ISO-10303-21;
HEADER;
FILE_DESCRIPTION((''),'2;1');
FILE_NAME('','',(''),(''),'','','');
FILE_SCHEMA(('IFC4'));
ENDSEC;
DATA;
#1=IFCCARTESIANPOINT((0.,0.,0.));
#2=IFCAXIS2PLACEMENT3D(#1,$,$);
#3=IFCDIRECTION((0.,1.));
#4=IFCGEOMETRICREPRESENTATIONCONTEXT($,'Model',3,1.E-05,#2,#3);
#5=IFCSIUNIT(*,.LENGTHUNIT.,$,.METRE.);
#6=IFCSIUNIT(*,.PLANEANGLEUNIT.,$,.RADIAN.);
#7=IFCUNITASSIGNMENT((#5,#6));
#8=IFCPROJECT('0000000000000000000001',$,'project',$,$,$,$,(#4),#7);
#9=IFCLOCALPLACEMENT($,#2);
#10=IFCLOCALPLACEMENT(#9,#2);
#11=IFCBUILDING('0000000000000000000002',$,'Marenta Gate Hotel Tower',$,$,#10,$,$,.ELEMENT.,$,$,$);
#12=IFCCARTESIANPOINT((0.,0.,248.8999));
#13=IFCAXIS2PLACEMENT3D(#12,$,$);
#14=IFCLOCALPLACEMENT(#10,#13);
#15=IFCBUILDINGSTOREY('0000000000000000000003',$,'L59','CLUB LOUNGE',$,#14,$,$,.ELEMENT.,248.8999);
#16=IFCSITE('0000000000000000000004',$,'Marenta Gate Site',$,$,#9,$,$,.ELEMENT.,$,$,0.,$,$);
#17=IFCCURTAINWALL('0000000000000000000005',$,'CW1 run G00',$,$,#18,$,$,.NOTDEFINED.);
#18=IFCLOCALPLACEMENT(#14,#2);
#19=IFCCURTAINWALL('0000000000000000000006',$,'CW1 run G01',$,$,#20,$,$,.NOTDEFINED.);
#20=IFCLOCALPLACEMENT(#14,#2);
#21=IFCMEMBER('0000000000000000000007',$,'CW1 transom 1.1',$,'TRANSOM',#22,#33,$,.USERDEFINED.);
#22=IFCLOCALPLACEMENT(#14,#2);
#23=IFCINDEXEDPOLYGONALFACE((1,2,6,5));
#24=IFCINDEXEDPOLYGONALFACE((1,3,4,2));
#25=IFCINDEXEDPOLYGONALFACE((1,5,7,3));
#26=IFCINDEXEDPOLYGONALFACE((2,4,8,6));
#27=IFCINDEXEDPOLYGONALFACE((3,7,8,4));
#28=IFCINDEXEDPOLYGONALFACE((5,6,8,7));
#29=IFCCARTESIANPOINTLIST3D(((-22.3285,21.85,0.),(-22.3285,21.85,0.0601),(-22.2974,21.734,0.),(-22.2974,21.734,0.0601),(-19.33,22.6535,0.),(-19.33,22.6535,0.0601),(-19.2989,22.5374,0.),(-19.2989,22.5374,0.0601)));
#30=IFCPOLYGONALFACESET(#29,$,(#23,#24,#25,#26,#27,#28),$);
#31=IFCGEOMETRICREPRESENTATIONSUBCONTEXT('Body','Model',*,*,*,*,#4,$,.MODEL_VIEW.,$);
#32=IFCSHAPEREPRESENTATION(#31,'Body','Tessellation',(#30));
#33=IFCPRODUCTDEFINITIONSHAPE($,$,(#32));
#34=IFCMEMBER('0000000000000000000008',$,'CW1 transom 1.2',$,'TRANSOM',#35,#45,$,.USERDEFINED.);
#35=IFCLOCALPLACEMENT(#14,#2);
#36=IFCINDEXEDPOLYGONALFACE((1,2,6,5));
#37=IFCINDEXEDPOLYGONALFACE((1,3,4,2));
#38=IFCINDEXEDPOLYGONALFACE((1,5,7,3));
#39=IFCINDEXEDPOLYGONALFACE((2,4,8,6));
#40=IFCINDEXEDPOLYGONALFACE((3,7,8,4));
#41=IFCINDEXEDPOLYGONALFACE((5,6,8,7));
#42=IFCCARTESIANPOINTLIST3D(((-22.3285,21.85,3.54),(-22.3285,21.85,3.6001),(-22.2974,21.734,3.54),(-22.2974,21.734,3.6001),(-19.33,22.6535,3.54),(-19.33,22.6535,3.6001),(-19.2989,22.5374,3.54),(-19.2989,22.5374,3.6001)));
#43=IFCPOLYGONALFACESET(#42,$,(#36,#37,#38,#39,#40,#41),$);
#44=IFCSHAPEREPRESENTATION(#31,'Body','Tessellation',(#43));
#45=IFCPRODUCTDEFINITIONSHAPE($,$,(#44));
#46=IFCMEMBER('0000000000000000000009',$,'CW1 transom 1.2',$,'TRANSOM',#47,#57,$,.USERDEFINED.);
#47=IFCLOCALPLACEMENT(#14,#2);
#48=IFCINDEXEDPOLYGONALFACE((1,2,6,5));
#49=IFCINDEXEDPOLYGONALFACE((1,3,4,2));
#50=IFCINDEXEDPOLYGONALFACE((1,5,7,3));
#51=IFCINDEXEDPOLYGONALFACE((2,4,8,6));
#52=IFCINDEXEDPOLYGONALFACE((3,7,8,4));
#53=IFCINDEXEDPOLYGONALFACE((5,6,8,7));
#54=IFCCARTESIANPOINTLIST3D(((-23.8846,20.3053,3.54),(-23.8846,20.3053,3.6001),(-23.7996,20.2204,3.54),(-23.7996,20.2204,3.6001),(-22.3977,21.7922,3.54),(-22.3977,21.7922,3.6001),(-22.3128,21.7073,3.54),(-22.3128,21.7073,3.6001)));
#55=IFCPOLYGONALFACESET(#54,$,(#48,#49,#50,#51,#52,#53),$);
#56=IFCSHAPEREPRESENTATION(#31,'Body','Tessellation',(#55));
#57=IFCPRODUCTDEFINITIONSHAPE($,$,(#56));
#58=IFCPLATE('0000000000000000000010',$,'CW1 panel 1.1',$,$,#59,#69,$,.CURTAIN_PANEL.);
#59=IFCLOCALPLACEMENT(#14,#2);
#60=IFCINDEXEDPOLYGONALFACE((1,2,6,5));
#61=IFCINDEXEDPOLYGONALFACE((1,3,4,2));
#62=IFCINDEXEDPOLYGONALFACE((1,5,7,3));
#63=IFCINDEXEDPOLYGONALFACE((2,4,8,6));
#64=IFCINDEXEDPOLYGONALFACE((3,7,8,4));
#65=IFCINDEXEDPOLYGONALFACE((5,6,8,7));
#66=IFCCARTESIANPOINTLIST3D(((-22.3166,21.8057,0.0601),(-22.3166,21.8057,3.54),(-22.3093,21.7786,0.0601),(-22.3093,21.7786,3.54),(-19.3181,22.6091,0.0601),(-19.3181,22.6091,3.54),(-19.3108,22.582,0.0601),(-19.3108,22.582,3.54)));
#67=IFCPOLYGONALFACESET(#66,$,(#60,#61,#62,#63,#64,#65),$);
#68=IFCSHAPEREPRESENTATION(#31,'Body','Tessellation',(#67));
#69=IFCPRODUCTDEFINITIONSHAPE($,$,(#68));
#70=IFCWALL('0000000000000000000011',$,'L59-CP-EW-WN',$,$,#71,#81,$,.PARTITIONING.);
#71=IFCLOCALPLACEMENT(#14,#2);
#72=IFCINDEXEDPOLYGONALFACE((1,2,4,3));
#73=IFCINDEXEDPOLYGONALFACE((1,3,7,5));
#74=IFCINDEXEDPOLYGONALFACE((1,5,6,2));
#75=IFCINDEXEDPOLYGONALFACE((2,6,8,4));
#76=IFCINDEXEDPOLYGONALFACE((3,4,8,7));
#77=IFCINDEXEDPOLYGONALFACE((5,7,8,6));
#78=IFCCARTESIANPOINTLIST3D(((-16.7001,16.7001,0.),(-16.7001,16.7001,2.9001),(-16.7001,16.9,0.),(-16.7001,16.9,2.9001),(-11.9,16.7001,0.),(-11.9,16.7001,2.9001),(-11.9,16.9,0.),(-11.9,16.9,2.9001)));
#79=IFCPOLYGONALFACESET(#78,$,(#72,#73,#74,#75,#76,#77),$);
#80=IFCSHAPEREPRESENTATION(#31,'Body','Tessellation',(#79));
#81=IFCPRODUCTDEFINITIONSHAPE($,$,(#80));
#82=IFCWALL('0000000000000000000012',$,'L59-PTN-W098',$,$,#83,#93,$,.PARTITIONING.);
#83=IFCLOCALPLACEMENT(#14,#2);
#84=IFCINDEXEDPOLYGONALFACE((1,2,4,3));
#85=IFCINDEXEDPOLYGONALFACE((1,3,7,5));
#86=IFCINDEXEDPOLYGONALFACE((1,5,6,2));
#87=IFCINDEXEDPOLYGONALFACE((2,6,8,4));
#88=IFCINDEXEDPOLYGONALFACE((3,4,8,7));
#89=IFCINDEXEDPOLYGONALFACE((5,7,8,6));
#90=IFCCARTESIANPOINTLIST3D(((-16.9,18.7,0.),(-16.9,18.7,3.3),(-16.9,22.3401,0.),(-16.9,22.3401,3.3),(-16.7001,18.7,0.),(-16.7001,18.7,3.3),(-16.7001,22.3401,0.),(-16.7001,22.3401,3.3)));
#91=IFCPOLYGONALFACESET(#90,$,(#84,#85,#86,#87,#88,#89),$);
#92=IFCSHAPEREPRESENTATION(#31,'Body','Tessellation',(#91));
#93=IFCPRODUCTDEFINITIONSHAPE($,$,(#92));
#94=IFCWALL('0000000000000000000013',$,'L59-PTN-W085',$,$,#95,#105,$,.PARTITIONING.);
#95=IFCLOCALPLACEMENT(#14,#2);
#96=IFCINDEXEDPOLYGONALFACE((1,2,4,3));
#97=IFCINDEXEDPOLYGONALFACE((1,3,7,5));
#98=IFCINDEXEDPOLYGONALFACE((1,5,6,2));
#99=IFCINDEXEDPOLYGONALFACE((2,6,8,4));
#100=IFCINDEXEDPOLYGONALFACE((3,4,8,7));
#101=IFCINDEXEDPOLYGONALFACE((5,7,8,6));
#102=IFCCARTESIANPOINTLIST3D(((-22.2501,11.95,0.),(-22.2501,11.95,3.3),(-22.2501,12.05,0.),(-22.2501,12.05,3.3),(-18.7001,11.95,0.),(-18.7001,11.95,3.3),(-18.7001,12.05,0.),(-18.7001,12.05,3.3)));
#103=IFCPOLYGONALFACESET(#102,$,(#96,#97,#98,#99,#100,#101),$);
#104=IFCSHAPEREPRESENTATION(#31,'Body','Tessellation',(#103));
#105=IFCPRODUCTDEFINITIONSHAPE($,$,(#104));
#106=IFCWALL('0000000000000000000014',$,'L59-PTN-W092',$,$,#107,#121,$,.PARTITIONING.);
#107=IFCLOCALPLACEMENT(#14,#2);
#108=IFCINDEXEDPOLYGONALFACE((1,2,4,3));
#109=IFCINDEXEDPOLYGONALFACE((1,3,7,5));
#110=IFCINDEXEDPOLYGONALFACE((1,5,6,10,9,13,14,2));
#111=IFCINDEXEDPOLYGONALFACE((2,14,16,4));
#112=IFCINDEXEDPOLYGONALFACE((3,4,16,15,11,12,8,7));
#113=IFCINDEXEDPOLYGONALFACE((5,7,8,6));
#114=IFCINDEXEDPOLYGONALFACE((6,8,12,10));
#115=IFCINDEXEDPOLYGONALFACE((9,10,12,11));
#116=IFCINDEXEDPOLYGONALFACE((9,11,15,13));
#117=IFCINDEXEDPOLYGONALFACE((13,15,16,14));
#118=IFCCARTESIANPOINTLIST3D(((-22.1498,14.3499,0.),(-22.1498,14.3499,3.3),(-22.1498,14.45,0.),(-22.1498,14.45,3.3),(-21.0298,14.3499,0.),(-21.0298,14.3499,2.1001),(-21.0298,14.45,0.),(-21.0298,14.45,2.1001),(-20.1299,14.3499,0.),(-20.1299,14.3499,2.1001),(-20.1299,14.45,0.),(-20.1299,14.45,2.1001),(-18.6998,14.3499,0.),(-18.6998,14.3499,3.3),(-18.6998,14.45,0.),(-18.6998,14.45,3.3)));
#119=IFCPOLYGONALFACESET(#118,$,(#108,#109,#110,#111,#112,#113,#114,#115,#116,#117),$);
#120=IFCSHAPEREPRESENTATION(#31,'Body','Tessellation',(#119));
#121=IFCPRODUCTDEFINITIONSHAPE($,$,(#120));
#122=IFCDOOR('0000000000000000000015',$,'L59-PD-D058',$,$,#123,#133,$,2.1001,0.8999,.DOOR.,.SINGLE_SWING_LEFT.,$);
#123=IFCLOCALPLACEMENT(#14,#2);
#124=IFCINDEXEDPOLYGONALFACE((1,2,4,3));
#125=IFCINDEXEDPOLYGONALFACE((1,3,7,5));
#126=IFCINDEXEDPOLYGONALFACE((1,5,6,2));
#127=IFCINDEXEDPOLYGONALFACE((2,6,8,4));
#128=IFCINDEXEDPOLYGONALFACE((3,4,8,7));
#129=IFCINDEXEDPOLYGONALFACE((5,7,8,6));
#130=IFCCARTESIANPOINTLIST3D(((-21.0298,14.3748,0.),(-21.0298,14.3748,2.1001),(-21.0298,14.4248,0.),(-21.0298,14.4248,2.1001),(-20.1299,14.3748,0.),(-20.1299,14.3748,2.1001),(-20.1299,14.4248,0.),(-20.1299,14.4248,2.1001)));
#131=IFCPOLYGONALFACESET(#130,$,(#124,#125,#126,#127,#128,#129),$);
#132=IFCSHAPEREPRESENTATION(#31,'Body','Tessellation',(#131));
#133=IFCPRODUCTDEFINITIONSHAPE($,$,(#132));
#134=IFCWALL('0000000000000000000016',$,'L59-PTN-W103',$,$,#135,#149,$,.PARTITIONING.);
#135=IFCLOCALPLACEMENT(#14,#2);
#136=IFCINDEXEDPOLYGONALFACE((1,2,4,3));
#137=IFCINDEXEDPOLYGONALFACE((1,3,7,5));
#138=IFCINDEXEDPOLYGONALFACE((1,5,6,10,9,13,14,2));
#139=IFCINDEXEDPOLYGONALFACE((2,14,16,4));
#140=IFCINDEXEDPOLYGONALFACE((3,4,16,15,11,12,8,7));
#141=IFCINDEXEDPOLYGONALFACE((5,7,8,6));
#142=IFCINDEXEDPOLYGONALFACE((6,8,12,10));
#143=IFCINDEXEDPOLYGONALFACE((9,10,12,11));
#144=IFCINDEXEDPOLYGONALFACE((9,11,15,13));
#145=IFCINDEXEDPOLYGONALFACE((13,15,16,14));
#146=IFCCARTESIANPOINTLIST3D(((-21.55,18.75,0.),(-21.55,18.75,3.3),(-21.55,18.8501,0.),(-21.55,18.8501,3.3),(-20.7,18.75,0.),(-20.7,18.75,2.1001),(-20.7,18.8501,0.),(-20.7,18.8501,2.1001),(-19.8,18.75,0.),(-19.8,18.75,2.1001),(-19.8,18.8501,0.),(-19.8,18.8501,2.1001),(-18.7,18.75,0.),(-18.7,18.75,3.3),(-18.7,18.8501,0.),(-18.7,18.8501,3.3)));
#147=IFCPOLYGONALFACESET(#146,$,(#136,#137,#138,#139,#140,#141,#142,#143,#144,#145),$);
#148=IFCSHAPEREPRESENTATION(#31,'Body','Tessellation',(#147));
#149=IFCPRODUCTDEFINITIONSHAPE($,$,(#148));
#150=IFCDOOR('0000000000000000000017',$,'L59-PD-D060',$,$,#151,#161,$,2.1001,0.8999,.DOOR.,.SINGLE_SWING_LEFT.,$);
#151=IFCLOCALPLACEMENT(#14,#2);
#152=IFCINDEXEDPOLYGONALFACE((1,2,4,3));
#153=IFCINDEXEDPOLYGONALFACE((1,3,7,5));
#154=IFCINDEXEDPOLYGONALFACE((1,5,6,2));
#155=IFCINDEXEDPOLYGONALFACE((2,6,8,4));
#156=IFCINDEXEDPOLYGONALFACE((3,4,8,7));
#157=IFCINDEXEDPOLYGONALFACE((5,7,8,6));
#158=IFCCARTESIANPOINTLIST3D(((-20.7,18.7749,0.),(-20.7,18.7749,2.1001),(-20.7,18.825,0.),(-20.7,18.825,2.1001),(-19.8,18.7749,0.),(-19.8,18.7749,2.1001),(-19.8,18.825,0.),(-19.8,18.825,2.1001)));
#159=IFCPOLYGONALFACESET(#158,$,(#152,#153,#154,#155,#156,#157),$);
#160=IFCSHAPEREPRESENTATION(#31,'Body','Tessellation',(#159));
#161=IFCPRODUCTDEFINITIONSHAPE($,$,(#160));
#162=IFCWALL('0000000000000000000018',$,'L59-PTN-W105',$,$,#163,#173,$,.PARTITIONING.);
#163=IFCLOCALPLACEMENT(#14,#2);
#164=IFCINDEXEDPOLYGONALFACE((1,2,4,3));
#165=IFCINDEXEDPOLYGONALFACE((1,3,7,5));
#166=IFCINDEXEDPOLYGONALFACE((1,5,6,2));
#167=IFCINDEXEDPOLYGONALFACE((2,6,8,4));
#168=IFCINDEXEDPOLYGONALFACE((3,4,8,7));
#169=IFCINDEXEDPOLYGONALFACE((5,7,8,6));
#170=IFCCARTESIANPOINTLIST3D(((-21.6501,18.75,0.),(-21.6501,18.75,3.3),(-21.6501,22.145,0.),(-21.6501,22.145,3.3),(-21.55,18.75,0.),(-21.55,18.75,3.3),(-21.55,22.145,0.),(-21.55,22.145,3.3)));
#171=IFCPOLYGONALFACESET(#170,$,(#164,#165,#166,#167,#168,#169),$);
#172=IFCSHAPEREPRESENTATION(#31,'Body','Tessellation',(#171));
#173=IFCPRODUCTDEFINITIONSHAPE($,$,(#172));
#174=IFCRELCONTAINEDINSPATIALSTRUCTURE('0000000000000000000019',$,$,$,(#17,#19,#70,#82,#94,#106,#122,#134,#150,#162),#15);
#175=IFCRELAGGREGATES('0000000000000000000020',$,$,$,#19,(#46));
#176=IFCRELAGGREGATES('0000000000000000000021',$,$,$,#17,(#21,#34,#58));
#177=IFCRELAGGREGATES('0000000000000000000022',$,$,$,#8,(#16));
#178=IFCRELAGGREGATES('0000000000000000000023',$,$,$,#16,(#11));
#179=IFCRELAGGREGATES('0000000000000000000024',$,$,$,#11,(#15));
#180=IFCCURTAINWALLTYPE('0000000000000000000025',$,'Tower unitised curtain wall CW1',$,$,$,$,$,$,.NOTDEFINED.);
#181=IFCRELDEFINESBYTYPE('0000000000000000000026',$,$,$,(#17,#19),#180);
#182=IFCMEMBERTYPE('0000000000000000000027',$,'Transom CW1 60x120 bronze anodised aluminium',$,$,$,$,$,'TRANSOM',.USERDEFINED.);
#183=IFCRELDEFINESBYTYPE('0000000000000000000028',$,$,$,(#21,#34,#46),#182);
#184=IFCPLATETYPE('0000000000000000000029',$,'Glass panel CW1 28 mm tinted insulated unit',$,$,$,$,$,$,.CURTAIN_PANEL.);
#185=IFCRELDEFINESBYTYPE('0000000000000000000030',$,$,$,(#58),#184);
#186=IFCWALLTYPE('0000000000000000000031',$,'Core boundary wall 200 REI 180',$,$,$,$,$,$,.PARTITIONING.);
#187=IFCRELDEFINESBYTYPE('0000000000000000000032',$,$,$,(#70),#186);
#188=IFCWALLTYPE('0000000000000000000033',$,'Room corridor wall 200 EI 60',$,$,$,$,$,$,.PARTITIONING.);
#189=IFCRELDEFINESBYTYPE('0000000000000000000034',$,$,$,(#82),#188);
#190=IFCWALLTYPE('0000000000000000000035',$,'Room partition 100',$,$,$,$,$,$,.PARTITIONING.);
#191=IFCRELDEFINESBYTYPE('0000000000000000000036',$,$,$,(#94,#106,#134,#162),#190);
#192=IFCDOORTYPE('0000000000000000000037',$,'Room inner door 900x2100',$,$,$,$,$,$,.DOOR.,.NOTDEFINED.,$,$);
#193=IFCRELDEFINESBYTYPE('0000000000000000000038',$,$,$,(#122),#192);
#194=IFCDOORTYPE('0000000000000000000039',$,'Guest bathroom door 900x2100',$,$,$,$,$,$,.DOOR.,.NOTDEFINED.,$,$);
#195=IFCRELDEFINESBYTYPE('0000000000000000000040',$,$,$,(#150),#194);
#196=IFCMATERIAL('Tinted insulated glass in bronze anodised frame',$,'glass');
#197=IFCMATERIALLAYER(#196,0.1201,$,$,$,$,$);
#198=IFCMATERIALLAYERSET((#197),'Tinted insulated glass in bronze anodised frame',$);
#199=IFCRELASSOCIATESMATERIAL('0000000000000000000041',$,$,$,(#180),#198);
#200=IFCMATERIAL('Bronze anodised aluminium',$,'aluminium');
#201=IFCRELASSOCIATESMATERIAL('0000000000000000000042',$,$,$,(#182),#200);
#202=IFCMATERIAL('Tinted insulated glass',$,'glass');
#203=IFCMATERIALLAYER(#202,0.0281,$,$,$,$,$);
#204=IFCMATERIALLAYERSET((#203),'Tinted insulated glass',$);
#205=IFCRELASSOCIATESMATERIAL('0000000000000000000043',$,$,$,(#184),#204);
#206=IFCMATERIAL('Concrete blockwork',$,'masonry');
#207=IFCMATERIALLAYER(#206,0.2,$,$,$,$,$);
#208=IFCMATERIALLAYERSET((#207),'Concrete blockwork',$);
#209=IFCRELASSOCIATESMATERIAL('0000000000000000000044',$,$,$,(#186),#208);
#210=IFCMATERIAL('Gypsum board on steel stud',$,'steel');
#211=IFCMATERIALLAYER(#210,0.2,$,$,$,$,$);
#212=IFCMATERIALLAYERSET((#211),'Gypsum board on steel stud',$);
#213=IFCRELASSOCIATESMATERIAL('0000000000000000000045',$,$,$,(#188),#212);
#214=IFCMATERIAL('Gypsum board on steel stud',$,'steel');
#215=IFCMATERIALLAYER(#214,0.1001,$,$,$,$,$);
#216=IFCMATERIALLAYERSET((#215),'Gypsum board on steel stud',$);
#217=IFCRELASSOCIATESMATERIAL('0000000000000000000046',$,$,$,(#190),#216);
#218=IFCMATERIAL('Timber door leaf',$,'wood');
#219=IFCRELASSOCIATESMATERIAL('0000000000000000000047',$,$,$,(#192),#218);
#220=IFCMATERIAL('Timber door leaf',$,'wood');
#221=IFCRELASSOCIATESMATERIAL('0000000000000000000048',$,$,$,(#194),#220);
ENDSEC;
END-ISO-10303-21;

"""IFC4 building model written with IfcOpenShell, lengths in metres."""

from ifc_helpers import new_model, si_unit, direction, frame, frame_2d, origin, origin_2d, place, context, subcontext, project, spatial, rectangle, extrude, material, layer, layer_set, material_profile, profile_set, type_object, element, fill, aggregate, save


model = new_model("IFC4")

# Units and contexts
model_context = context("Model", 3, precision=1e-05, world=origin(), true_north=direction((0.0, 1.0)))
body_context = subcontext(model_context, "Body", "Model", "MODEL_VIEW")
ifc_project = project(units=[si_unit("LENGTHUNIT", "METRE"), si_unit("PLANEANGLEUNIT", "RADIAN")], contexts=[model_context])

# Site, building, storey
site_placement = place(None, origin())
site = spatial("IfcSite", under=ifc_project, at=site_placement, Name="Marenta Gate Site", CompositionType="ELEMENT", RefElevation=0.0)
building_placement = place(site_placement, origin())
building = spatial("IfcBuilding", under=site, at=building_placement, Name="Marenta Gate Hotel Tower", CompositionType="ELEMENT")
storey_placement = place(building_placement, frame((0.0, 0.0, 248.8999)))
storey = spatial("IfcBuildingStorey", under=building, at=storey_placement, Name="L59", Description="CLUB LOUNGE", CompositionType="ELEMENT", Elevation=248.8999)

# Curtain walls
ifc_material_1 = material(Name="Tinted insulated glass in bronze anodised frame", Category="glass")
ifc_layer_1 = layer(ifc_material_1, 0.1201)
ifc_layer_set_1 = layer_set([ifc_layer_1], Name="Tinted insulated glass in bronze anodised frame")
curtain_wall_type = type_object("IfcCurtainWallType", Name="Tower unitised curtain wall CW1", PredefinedType="NOTDEFINED", material=ifc_layer_set_1)
curtain_wall_1_placement = place(storey_placement, origin())
curtain_wall_1 = element("IfcCurtainWall", 1, at=curtain_wall_1_placement, inside=storey, type_object=curtain_wall_type, Name="CW1 run G00", PredefinedType="NOTDEFINED")
curtain_wall_2_placement = place(storey_placement, origin())
curtain_wall_2 = element("IfcCurtainWall", 2, at=curtain_wall_2_placement, inside=storey, type_object=curtain_wall_type, Name="CW1 run G01", PredefinedType="NOTDEFINED")

# Members
ifc_material_2 = material(Name="Bronze anodised aluminium", Category="aluminium")
ifc_material_profile_1 = material_profile(ifc_material_2, rectangle(XDim=0.1201, YDim=0.0601, at=origin_2d()), Name="Transom CW1 60x120 bronze anodised aluminium")
ifc_profile_set_1 = profile_set([ifc_material_profile_1], Name="Bronze anodised aluminium")
member_type_1 = type_object("IfcMemberType", Name="Transom CW1 60x120 bronze anodised aluminium", ElementType="TRANSOM", PredefinedType="USERDEFINED", material=ifc_profile_set_1)
member_1_placement = place(storey_placement, frame((-19.3145, 22.5955, 0.03), z_axis=(-0.965925, -0.258823, 0.0), x_axis=(0.258823, -0.965925, 0.0)))
member_1 = element("IfcMember", 3, at=member_1_placement, type_object=member_type_1, Name="CW1 transom 1.1", ObjectType="TRANSOM", PredefinedType="USERDEFINED", context=body_context, shape_type="SweptSolid", body=[
    extrude(rectangle(XDim=0.1201, YDim=0.0601, at=origin_2d()), origin(), (0.0, 0.0, 1.0), 3.1042),
])
member_2_placement = place(storey_placement, frame((-19.3145, 22.5955, 3.5701), z_axis=(-0.965925, -0.258823, 0.0), x_axis=(0.258823, -0.965925, 0.0)))
member_2 = element("IfcMember", 4, at=member_2_placement, type_object=member_type_1, Name="CW1 transom 1.2", ObjectType="TRANSOM", PredefinedType="USERDEFINED", context=body_context, shape_type="SweptSolid", body=[
    extrude(rectangle(XDim=0.1201, YDim=0.0601, at=origin_2d()), origin(), (0.0, 0.0, 1.0), 3.1042),
])
member_3_placement = place(storey_placement, frame((-22.3552, 21.7498, 3.5701), z_axis=(-0.707107, -0.707107, 0.0), x_axis=(0.707107, -0.707107, 0.0)))
member_3 = element("IfcMember", 5, at=member_3_placement, type_object=member_type_1, Name="CW1 transom 1.2", ObjectType="TRANSOM", PredefinedType="USERDEFINED", context=body_context, shape_type="SweptSolid", body=[
    extrude(rectangle(XDim=0.1201, YDim=0.0601, at=origin_2d()), origin(), (0.0, 0.0, 1.0), 2.1028),
])
aggregate(curtain_wall_2, [member_3])

# Plate
ifc_material_3 = material(Name="Tinted insulated glass", Category="glass")
ifc_layer_2 = layer(ifc_material_3, 0.0281)
ifc_layer_set_2 = layer_set([ifc_layer_2], Name="Tinted insulated glass")
plate_type = type_object("IfcPlateType", Name="Glass panel CW1 28 mm tinted insulated unit", PredefinedType="CURTAIN_PANEL", material=ifc_layer_set_2)
plate_placement = place(storey_placement, frame((-20.8137, 22.1938, 0.0601), z_axis=(0.0, 0.0, 1.0), x_axis=(-0.965931, -0.258801, 0.0)))
plate = element("IfcPlate", 6, at=plate_placement, type_object=plate_type, Name="CW1 panel 1.1", PredefinedType="CURTAIN_PANEL", context=body_context, shape_type="SweptSolid", body=[
    extrude(rectangle(XDim=3.1042, YDim=0.0281, at=origin_2d()), origin(), (0.0, 0.0, 1.0), 3.48),
])
aggregate(curtain_wall_1, [member_1, member_2, plate])

# Walls
ifc_material_4 = material(Name="Concrete blockwork", Category="masonry")
ifc_layer_3 = layer(ifc_material_4, 0.2)
ifc_layer_set_3 = layer_set([ifc_layer_3], Name="Concrete blockwork")
wall_type_1 = type_object("IfcWallType", Name="Core boundary wall 200 REI 180", PredefinedType="PARTITIONING", material=ifc_layer_set_3)
wall_1_placement = place(storey_placement, frame((-16.7, 16.8, 0.0), z_axis=(0.0, 0.0, 1.0), x_axis=(1.0, 0.0, 0.0)))
element("IfcWall", 7, at=wall_1_placement, inside=storey, type_object=wall_type_1, Name="L59-CP-EW-WN", PredefinedType="PARTITIONING", context=body_context, shape_type="SweptSolid", body=[
    extrude(rectangle(XDim=4.8, YDim=0.2, at=frame_2d((2.3999, 0.0))), origin(), (0.0, 0.0, 1.0), 2.9001),
])
ifc_material_5 = material(Name="Gypsum board on steel stud", Category="steel")
ifc_layer_4 = layer(ifc_material_5, 0.2)
ifc_layer_set_4 = layer_set([ifc_layer_4], Name="Gypsum board on steel stud")
wall_type_2 = type_object("IfcWallType", Name="Room corridor wall 200 EI 60", PredefinedType="PARTITIONING", material=ifc_layer_set_4)
wall_2_placement = place(storey_placement, frame((-16.8, 18.7, 0.0), z_axis=(0.0, 0.0, 1.0), x_axis=(0.0, 1.0, 0.0)))
element("IfcWall", 8, at=wall_2_placement, inside=storey, type_object=wall_type_2, Name="L59-PTN-W098", PredefinedType="PARTITIONING", context=body_context, shape_type="SweptSolid", body=[
    extrude(rectangle(XDim=3.6401, YDim=0.2, at=frame_2d((1.8201, 0.0))), origin(), (0.0, 0.0, 1.0), 3.3),
])

# Wall
ifc_material_6 = material(Name="Gypsum board on steel stud", Category="steel")
ifc_layer_5 = layer(ifc_material_6, 0.1001)
ifc_layer_set_5 = layer_set([ifc_layer_5], Name="Gypsum board on steel stud")
wall_type_3 = type_object("IfcWallType", Name="Room partition 100", PredefinedType="PARTITIONING", material=ifc_layer_set_5)
wall_3_placement = place(storey_placement, frame((-22.25, 12.0, 0.0), z_axis=(0.0, 0.0, 1.0), x_axis=(1.0, 0.0, 0.0)))
element("IfcWall", 9, at=wall_3_placement, inside=storey, type_object=wall_type_3, Name="L59-PTN-W085", PredefinedType="PARTITIONING", context=body_context, shape_type="SweptSolid", body=[
    extrude(rectangle(XDim=3.55, YDim=0.1001, at=frame_2d((1.7749, 0.0))), origin(), (0.0, 0.0, 1.0), 3.3),
])

# Walls, openings, doors
wall_4_placement = place(storey_placement, frame((-22.1499, 14.3999, 0.0), z_axis=(0.0, 0.0, 1.0), x_axis=(1.0, 0.0, 0.0)))
wall_4 = element("IfcWall", 10, at=wall_4_placement, inside=storey, type_object=wall_type_3, Name="L59-PTN-W092", PredefinedType="PARTITIONING", context=body_context, shape_type="SweptSolid", body=[
    extrude(rectangle(XDim=3.45, YDim=0.1001, at=frame_2d((1.7251, 0.0))), origin(), (0.0, 0.0, 1.0), 3.3),
])
opening_1_placement = place(wall_4_placement, frame((1.1201, 0.0, 0.0)))
opening_1 = element("IfcOpeningElement", 11, at=opening_1_placement, cuts=wall_4, PredefinedType="OPENING", context=body_context, shape_type="SweptSolid", body=[
    extrude(rectangle(XDim=0.8999, YDim=2.1001, at=frame_2d((0.45, 1.05))), frame((0.0, 0.05, 0.0), z_axis=(0.0, -1.0, 0.0), x_axis=(1.0, 0.0, 0.0)), (0.0, 0.0, 1.0), 0.1001),
])
ifc_material_7 = material(Name="Timber door leaf", Category="wood")
door_type_1 = type_object("IfcDoorType", Name="Room inner door 900x2100", OperationType="NOTDEFINED", PredefinedType="DOOR", material=ifc_material_7)
door_1_placement = place(opening_1_placement, origin())
door_1 = element("IfcDoor", 12, at=door_1_placement, inside=storey, type_object=door_type_1, Name="L59-PD-D058", OperationType="SINGLE_SWING_LEFT", OverallHeight=2.1001, OverallWidth=0.8999, PredefinedType="DOOR", context=body_context, shape_type="SweptSolid", body=[
    extrude(rectangle(XDim=0.8999, YDim=2.1001, at=frame_2d((0.45, 1.05))), frame((0.0, 0.0249, 0.0), z_axis=(0.0, -1.0, 0.0), x_axis=(1.0, 0.0, 0.0)), (0.0, 0.0, 1.0), 0.05),
])
fill(opening_1, door_1)
wall_5_placement = place(storey_placement, frame((-21.55, 18.8, 0.0), z_axis=(0.0, 0.0, 1.0), x_axis=(1.0, 0.0, 0.0)))
wall_5 = element("IfcWall", 13, at=wall_5_placement, inside=storey, type_object=wall_type_3, Name="L59-PTN-W103", PredefinedType="PARTITIONING", context=body_context, shape_type="SweptSolid", body=[
    extrude(rectangle(XDim=2.8501, YDim=0.1001, at=frame_2d((1.425, 0.0))), origin(), (0.0, 0.0, 1.0), 3.3),
])
opening_2_placement = place(wall_5_placement, frame((0.8501, 0.0, 0.0)))
opening_2 = element("IfcOpeningElement", 14, at=opening_2_placement, cuts=wall_5, PredefinedType="OPENING", context=body_context, shape_type="SweptSolid", body=[
    extrude(rectangle(XDim=0.8999, YDim=2.1001, at=frame_2d((0.45, 1.05))), frame((0.0, 0.05, 0.0), z_axis=(0.0, -1.0, 0.0), x_axis=(1.0, 0.0, 0.0)), (0.0, 0.0, 1.0), 0.1001),
])
ifc_material_8 = material(Name="Timber door leaf", Category="wood")
door_type_2 = type_object("IfcDoorType", Name="Guest bathroom door 900x2100", OperationType="NOTDEFINED", PredefinedType="DOOR", material=ifc_material_8)
door_2_placement = place(opening_2_placement, origin())
door_2 = element("IfcDoor", 15, at=door_2_placement, inside=storey, type_object=door_type_2, Name="L59-PD-D060", OperationType="SINGLE_SWING_LEFT", OverallHeight=2.1001, OverallWidth=0.8999, PredefinedType="DOOR", context=body_context, shape_type="SweptSolid", body=[
    extrude(rectangle(XDim=0.8999, YDim=2.1001, at=frame_2d((0.45, 1.05))), frame((0.0, 0.0249, 0.0), z_axis=(0.0, -1.0, 0.0), x_axis=(1.0, 0.0, 0.0)), (0.0, 0.0, 1.0), 0.05),
])
fill(opening_2, door_2)

# Wall
wall_6_placement = place(storey_placement, frame((-21.6001, 18.75, 0.0), z_axis=(0.0, 0.0, 1.0), x_axis=(0.0, 1.0, 0.0)))
element("IfcWall", 16, at=wall_6_placement, inside=storey, type_object=wall_type_3, Name="L59-PTN-W105", PredefinedType="PARTITIONING", context=body_context, shape_type="SweptSolid", body=[
    extrude(rectangle(XDim=3.395, YDim=0.1001, at=frame_2d((1.6975, 0.0))), origin(), (0.0, 0.0, 1.0), 3.3),
])

save(model, "model.ifc")
